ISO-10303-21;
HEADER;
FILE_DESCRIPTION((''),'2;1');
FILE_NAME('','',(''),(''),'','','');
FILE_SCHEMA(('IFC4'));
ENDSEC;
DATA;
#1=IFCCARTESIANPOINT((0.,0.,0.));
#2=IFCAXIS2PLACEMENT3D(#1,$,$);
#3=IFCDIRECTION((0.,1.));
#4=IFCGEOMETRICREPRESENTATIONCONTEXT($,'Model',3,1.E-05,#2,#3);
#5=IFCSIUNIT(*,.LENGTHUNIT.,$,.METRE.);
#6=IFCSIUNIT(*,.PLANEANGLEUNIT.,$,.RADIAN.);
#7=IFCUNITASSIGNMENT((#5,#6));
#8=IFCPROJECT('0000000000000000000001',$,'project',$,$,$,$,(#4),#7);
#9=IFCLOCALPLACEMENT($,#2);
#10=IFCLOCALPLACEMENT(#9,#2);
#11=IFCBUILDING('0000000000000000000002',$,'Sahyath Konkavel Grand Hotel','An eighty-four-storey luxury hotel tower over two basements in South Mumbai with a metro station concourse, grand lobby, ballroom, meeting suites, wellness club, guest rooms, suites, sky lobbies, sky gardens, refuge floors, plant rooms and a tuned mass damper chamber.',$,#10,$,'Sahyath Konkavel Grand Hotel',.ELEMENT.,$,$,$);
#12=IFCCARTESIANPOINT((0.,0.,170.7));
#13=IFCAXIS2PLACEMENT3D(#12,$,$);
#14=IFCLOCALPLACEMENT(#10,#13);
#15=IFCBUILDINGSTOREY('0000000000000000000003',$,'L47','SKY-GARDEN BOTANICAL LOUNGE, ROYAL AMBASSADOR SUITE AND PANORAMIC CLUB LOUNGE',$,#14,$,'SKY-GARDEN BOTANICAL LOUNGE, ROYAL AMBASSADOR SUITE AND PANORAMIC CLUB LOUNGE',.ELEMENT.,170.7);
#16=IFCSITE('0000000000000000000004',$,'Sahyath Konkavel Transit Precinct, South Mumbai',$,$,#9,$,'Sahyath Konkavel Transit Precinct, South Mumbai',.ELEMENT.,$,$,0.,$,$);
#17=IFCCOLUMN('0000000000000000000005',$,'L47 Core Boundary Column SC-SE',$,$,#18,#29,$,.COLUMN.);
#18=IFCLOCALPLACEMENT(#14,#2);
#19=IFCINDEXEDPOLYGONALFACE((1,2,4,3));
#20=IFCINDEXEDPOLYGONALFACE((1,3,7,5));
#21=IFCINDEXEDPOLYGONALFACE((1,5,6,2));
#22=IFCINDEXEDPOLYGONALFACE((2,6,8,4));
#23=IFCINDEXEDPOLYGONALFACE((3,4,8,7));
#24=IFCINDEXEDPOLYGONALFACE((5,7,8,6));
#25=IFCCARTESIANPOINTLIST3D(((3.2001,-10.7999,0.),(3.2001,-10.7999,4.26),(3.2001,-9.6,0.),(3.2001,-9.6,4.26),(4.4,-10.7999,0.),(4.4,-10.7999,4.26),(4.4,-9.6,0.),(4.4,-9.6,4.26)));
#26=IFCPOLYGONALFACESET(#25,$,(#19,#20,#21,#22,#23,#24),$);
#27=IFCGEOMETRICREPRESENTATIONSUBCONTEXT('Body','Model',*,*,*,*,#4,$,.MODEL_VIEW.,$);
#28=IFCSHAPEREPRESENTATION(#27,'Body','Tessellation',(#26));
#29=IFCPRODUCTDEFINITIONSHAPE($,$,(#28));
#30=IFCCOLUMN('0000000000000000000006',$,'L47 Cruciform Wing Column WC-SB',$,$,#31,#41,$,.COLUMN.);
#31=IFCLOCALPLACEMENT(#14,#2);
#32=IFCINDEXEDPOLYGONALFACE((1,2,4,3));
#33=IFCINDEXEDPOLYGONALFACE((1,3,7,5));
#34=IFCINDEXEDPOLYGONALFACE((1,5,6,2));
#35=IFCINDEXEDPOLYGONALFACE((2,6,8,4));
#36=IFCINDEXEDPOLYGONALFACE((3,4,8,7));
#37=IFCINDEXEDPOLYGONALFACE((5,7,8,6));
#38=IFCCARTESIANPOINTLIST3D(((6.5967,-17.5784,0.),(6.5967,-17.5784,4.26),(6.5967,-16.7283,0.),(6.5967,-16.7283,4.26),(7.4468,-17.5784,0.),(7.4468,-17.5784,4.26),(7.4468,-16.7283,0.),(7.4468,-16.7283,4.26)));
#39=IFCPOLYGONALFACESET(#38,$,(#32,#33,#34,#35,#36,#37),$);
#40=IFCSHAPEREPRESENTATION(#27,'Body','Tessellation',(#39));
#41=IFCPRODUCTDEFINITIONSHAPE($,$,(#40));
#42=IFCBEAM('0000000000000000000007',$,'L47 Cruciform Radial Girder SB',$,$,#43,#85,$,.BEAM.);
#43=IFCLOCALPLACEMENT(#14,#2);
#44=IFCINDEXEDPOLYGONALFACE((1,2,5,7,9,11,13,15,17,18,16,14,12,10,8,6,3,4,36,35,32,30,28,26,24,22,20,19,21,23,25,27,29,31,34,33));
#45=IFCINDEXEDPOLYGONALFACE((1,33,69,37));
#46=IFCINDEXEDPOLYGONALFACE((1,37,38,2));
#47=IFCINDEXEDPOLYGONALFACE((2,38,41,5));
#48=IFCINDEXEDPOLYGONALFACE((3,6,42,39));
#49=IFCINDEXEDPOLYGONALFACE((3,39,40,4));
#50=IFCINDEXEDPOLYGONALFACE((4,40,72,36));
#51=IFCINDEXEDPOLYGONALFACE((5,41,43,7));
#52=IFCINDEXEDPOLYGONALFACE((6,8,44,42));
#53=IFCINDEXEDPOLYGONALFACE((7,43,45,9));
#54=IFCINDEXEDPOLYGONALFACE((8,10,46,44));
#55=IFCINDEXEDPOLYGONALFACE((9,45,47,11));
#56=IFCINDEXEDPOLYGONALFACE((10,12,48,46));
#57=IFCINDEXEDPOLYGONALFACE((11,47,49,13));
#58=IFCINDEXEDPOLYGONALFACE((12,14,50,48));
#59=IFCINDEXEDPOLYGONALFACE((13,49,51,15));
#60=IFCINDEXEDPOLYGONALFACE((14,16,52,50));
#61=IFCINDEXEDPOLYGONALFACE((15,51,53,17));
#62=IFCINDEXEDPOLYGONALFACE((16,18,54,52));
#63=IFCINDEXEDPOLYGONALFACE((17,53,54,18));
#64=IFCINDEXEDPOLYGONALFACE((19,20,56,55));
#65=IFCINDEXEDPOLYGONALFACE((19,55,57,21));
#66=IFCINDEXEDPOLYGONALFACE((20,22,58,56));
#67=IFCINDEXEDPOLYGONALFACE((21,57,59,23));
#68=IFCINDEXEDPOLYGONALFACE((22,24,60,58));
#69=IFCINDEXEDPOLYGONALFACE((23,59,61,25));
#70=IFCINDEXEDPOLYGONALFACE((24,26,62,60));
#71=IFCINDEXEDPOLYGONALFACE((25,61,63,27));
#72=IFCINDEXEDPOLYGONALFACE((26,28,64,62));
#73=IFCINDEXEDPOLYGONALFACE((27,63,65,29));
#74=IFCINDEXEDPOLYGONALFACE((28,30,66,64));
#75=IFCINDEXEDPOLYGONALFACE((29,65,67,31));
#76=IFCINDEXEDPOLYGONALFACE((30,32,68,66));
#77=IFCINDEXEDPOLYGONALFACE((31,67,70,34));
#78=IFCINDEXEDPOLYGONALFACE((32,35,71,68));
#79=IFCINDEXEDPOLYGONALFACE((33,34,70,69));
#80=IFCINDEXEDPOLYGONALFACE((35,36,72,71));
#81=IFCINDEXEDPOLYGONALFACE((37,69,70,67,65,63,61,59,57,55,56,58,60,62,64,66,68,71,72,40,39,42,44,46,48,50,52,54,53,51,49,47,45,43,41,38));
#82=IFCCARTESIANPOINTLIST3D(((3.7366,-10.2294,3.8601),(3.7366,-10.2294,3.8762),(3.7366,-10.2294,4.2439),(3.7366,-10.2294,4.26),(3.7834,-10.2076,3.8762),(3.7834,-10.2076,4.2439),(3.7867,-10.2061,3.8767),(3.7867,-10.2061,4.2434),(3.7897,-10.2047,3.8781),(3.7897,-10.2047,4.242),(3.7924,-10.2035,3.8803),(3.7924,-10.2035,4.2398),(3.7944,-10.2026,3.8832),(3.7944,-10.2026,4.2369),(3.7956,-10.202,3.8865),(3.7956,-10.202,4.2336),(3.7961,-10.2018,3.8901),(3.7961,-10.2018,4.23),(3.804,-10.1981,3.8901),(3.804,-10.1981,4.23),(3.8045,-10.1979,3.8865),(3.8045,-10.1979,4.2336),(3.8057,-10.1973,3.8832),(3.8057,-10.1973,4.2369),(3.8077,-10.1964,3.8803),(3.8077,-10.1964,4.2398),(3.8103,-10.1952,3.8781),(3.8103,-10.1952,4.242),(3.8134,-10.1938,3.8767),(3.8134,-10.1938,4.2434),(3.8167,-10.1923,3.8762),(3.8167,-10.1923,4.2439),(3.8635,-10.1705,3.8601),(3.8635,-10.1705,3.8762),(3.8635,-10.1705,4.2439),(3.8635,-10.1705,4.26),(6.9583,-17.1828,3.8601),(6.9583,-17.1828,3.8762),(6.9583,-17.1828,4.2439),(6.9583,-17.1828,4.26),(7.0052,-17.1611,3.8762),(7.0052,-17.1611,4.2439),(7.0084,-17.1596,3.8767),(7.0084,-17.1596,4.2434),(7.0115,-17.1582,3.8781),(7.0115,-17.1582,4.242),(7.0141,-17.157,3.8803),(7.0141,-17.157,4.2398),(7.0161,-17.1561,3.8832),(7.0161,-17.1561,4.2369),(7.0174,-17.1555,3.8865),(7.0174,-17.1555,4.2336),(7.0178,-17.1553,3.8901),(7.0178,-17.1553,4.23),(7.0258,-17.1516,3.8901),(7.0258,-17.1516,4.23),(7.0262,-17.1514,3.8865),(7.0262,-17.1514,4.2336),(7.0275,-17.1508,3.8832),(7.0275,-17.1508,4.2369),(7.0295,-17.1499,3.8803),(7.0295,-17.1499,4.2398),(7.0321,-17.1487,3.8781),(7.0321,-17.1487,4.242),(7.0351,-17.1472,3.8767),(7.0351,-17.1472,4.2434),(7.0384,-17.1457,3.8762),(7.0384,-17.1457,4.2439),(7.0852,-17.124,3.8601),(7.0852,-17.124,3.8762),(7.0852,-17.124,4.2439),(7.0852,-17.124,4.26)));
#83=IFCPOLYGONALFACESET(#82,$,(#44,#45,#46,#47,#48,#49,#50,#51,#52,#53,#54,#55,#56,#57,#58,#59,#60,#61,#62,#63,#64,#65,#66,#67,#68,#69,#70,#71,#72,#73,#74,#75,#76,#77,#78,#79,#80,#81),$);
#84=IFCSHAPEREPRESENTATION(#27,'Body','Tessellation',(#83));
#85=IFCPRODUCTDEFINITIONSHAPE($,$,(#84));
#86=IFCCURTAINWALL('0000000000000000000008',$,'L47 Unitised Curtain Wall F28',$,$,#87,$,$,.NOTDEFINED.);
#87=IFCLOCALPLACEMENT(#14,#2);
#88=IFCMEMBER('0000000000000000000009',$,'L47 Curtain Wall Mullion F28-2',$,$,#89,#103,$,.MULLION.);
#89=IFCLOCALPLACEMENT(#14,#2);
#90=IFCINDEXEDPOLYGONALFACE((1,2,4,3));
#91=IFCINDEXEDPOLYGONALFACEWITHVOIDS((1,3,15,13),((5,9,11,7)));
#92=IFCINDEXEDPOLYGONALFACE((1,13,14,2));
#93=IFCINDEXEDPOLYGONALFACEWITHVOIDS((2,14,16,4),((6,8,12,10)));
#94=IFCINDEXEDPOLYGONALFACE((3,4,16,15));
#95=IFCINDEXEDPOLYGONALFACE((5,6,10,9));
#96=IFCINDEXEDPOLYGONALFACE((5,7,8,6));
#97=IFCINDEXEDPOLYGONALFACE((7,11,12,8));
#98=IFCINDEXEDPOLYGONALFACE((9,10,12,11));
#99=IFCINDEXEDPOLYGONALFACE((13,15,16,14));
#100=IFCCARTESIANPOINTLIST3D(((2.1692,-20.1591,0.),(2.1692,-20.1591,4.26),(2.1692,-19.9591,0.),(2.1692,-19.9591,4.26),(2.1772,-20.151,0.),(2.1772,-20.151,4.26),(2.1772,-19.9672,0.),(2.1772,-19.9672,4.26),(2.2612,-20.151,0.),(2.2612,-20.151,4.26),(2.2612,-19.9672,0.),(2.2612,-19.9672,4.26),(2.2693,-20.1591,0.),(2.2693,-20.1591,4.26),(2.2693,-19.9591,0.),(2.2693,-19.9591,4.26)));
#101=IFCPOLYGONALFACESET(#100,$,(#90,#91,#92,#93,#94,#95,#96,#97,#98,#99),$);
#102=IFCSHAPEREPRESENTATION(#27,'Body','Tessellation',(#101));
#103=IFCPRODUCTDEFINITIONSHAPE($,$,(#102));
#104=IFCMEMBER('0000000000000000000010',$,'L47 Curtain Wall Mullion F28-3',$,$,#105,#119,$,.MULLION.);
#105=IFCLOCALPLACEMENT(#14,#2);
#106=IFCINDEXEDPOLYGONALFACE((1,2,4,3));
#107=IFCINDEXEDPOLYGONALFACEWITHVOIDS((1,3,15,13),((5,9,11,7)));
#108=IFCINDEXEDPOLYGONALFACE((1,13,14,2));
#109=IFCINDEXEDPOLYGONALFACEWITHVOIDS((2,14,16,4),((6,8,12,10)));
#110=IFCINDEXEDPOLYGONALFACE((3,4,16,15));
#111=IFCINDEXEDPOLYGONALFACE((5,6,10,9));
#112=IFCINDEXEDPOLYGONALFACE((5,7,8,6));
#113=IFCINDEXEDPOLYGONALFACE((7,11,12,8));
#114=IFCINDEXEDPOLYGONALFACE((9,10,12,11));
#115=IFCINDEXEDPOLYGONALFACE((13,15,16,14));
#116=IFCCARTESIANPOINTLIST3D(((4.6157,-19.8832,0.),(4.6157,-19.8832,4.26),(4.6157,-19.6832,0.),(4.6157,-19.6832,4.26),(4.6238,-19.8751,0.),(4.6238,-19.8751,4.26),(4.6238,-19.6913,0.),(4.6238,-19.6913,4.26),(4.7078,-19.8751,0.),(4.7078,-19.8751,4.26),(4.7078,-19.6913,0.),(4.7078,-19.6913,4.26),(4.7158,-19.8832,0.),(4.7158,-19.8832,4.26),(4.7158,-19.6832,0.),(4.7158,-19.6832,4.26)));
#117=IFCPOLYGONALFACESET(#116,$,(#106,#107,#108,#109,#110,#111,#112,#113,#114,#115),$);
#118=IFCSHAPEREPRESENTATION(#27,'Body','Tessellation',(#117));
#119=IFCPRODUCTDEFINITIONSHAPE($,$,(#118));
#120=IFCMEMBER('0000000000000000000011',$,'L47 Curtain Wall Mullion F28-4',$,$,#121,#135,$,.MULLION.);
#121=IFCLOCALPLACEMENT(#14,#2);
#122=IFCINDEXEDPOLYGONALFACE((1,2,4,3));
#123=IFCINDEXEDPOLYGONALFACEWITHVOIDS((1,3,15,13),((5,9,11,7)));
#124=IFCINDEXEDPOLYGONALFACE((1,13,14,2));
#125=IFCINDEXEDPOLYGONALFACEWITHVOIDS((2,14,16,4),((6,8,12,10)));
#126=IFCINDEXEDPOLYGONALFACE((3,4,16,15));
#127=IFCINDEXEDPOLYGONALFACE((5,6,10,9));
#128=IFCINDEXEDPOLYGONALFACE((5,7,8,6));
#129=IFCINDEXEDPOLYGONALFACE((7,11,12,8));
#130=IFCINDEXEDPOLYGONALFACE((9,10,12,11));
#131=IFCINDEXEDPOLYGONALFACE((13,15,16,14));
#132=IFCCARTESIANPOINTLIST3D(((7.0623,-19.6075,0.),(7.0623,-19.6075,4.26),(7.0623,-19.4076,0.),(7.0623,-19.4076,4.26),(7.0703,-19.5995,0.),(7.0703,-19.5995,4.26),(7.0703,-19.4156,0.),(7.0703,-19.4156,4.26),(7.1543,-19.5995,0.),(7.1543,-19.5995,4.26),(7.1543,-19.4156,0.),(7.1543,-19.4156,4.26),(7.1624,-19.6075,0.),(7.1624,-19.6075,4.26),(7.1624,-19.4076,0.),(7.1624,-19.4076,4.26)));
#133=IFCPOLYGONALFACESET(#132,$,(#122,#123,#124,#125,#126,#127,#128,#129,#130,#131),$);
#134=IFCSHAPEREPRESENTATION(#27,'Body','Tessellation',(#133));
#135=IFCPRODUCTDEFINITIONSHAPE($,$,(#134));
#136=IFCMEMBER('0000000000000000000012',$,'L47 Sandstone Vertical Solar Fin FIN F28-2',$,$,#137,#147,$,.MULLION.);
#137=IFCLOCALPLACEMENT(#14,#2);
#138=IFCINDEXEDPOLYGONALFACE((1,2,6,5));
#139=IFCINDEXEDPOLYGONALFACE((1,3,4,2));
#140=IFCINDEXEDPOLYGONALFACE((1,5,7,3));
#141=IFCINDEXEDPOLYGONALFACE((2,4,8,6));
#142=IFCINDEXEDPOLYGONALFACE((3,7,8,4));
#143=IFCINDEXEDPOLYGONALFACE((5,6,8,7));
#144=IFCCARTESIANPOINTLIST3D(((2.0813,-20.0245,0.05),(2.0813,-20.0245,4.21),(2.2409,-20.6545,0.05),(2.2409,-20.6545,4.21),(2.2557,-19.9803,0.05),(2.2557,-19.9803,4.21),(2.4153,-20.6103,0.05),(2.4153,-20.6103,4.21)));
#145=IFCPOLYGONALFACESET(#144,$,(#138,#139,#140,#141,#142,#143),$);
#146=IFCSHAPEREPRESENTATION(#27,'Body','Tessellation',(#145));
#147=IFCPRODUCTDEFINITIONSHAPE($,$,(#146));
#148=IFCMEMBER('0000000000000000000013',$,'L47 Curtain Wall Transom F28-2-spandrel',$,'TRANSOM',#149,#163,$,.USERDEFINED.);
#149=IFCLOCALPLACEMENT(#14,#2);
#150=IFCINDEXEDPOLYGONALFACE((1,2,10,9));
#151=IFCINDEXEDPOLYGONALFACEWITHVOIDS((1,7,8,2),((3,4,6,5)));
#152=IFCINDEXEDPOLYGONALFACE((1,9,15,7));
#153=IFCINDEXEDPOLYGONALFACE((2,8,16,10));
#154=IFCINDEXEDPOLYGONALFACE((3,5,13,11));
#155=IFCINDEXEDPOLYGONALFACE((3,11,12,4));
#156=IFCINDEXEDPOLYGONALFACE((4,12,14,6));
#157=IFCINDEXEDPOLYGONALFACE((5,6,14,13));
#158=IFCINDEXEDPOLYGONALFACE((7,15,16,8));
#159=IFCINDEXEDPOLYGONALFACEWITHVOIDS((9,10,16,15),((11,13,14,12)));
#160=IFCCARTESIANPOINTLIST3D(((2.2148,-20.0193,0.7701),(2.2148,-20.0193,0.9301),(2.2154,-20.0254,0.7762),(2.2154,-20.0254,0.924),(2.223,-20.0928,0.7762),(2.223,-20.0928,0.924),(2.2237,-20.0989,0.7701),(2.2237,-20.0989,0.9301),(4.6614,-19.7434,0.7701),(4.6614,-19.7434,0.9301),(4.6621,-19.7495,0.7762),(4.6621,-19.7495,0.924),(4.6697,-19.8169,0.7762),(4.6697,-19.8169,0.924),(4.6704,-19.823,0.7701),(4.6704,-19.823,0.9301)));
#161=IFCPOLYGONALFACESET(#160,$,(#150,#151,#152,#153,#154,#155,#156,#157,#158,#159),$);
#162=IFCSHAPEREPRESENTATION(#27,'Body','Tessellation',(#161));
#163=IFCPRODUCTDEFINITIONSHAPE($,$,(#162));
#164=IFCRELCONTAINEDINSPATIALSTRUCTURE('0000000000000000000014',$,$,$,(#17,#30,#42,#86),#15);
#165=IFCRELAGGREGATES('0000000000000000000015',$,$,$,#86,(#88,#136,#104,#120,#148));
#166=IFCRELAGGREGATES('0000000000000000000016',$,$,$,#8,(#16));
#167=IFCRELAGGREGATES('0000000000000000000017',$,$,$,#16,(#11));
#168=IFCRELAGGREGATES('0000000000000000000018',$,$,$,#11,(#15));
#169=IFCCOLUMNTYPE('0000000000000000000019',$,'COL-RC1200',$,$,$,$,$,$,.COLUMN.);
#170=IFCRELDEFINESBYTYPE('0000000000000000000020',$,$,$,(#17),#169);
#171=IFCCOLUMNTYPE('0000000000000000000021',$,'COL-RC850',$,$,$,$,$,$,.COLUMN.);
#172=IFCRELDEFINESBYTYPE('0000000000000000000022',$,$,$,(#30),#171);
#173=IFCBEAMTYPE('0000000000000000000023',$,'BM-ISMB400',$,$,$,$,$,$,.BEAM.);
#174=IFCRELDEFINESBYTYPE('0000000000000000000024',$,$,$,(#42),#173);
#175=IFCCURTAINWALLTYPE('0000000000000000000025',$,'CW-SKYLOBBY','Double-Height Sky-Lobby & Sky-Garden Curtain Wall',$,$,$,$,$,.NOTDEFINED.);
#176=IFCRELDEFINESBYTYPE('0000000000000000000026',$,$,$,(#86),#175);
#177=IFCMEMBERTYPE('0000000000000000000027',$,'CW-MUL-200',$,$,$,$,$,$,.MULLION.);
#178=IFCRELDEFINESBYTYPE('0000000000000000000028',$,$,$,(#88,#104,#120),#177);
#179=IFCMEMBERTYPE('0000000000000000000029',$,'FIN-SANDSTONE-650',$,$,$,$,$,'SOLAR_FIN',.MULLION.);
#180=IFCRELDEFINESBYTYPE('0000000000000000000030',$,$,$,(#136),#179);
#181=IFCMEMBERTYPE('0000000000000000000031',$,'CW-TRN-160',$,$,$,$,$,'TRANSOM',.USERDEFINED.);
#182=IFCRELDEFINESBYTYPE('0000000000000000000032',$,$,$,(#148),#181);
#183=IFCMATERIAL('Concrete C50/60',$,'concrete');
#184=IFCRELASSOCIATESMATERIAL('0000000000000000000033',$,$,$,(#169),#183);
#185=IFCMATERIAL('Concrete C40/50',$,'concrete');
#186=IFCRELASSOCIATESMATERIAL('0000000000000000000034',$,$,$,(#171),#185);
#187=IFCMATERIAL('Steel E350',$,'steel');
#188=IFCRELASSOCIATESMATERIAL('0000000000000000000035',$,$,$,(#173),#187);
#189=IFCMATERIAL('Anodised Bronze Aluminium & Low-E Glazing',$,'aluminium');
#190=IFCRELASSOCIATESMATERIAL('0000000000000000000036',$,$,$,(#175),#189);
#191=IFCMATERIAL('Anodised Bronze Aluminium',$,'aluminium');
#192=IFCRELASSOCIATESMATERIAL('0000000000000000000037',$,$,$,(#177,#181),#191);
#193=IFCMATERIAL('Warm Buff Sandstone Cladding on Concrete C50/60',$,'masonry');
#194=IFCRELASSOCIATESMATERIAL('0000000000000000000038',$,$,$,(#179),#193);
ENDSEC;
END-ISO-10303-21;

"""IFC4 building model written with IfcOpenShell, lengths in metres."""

from ifc_helpers import new_model, si_unit, direction, frame, origin, origin_2d, place, context, subcontext, project, spatial, rectangle, hollow_rectangle, i_section, extrude, source, transform, mapped, material, material_profile, profile_set, type_object, element, aggregate, save


model = new_model("IFC4")

# Units and contexts
model_context = context("Model", 3, precision=1e-05, world=origin(), true_north=direction((0.0, 1.0)))
body_context = subcontext(model_context, "Body", "Model", "MODEL_VIEW")
ifc_project = project(units=[si_unit("LENGTHUNIT", "METRE"), si_unit("PLANEANGLEUNIT", "RADIAN")], contexts=[model_context])

# Site, building, storey
site_placement = place(None, origin())
site = spatial("IfcSite", under=ifc_project, at=site_placement, Name="Sahyath Konkavel Transit Precinct, South Mumbai", LongName="Sahyath Konkavel Transit Precinct, South Mumbai", CompositionType="ELEMENT", RefElevation=0.0)
building_placement = place(site_placement, origin())
building = spatial("IfcBuilding", under=site, at=building_placement, Name="Sahyath Konkavel Grand Hotel", Description="An eighty-four-storey luxury hotel tower over two basements in South Mumbai with a metro station concourse, grand lobby, ballroom, meeting suites, wellness club, guest rooms, suites, sky lobbies, sky gardens, refuge floors, plant rooms and a tuned mass damper chamber.", LongName="Sahyath Konkavel Grand Hotel", CompositionType="ELEMENT")
storey_placement = place(building_placement, frame((0.0, 0.0, 170.7)))
storey = spatial("IfcBuildingStorey", under=building, at=storey_placement, Name="L47", Description="SKY-GARDEN BOTANICAL LOUNGE, ROYAL AMBASSADOR SUITE AND PANORAMIC CLUB LOUNGE", LongName="SKY-GARDEN BOTANICAL LOUNGE, ROYAL AMBASSADOR SUITE AND PANORAMIC CLUB LOUNGE", CompositionType="ELEMENT", Elevation=170.7)

# Columns
ifc_material_1 = material(Name="Concrete C50/60", Category="concrete")
ifc_material_profile_1 = material_profile(ifc_material_1, rectangle(XDim=1.2, YDim=1.2, at=origin_2d()), Name="RC 1200x1200")
ifc_profile_set_1 = profile_set([ifc_material_profile_1], Name="Concrete C50/60")
column_type_1 = type_object("IfcColumnType", Name="COL-RC1200", PredefinedType="COLUMN", material=ifc_profile_set_1)
shared_shape_1 = source(origin(), body_context, "Body", "SweptSolid", [
    extrude(rectangle(XDim=1.2, YDim=1.2, at=origin_2d()), origin(), (0.0, 0.0, 1.0), 4.26),
])
column_1_placement = place(storey_placement, frame((3.8, -10.2, 0.0), z_axis=(0.0, 0.0, 1.0), x_axis=(1.0, 0.0, 0.0)))
element("IfcColumn", 1, at=column_1_placement, inside=storey, type_object=column_type_1, Name="L47 Core Boundary Column SC-SE", PredefinedType="COLUMN", context=body_context, shape_type="MappedRepresentation", body=[
    mapped(shared_shape_1, transform((0.0, 0.0, 0.0), scale=1.0)),
])
ifc_material_2 = material(Name="Concrete C40/50", Category="concrete")
ifc_material_profile_2 = material_profile(ifc_material_2, rectangle(XDim=0.8501, YDim=0.8501, at=origin_2d()), Name="RC 850x850")
ifc_profile_set_2 = profile_set([ifc_material_profile_2], Name="Concrete C40/50")
column_type_2 = type_object("IfcColumnType", Name="COL-RC850", PredefinedType="COLUMN", material=ifc_profile_set_2)
shared_shape_2 = source(origin(), body_context, "Body", "SweptSolid", [
    extrude(rectangle(XDim=0.8501, YDim=0.8501, at=origin_2d()), origin(), (0.0, 0.0, 1.0), 4.26),
])
column_2_placement = place(storey_placement, frame((7.0217, -17.1533, 0.0), z_axis=(0.0, 0.0, 1.0), x_axis=(1.0, 0.0, 0.0)))
element("IfcColumn", 2, at=column_2_placement, inside=storey, type_object=column_type_2, Name="L47 Cruciform Wing Column WC-SB", PredefinedType="COLUMN", context=body_context, shape_type="MappedRepresentation", body=[
    mapped(shared_shape_2, transform((0.0, 0.0, 0.0), scale=1.0)),
])

# Beam
ifc_material_3 = material(Name="Steel E350", Category="steel")
ifc_material_profile_3 = material_profile(ifc_material_3, i_section(OverallWidth=0.1399, OverallDepth=0.3999, WebThickness=0.0088, FlangeThickness=0.0161, FilletRadius=0.0139, at=origin_2d()), Name="ISMB 400")
ifc_profile_set_3 = profile_set([ifc_material_profile_3], Name="Steel E350")
beam_type_1 = type_object("IfcBeamType", Name="BM-ISMB400", PredefinedType="BEAM", material=ifc_profile_set_3)
shared_shape_3 = source(origin(), body_context, "Body", "SweptSolid", [
    extrude(i_section(OverallWidth=0.1399, OverallDepth=0.3999, WebThickness=0.0088, FlangeThickness=0.0161, FilletRadius=0.0139, at=origin_2d()), origin(), (0.0, 0.0, 1.0), 7.6636),
])
beam_1_placement = place(storey_placement, frame((3.8, -10.2, 4.0601), z_axis=(0.420395, -0.907341, 0.0), x_axis=(0.907341, 0.420395, 0.0)))
element("IfcBeam", 3, at=beam_1_placement, inside=storey, type_object=beam_type_1, Name="L47 Cruciform Radial Girder SB", PredefinedType="BEAM", context=body_context, shape_type="MappedRepresentation", body=[
    mapped(shared_shape_3, transform((0.0, 0.0, 0.0), scale=1.0)),
])

# Curtain wall, members
ifc_material_4 = material(Name="Anodised Bronze Aluminium & Low-E Glazing", Category="aluminium")
curtain_wall_type = type_object("IfcCurtainWallType", Name="CW-SKYLOBBY", Description="Double-Height Sky-Lobby & Sky-Garden Curtain Wall", PredefinedType="NOTDEFINED", material=ifc_material_4)
curtain_wall_placement = place(storey_placement, origin())
curtain_wall = element("IfcCurtainWall", 4, at=curtain_wall_placement, inside=storey, type_object=curtain_wall_type, Name="L47 Unitised Curtain Wall F28", PredefinedType="NOTDEFINED")
ifc_material_5 = material(Name="Anodised Bronze Aluminium", Category="aluminium")
ifc_material_profile_4 = material_profile(ifc_material_5, hollow_rectangle(XDim=0.1001, YDim=0.2, WallThickness=0.0081, at=origin_2d()), Name="RHS 200x100x8")
ifc_profile_set_4 = profile_set([ifc_material_profile_4], Name="Anodised Bronze Aluminium")
member_type_1 = type_object("IfcMemberType", Name="CW-MUL-200", PredefinedType="MULLION", material=ifc_profile_set_4)
shared_shape_4 = source(origin(), body_context, "Body", "SweptSolid", [
    extrude(hollow_rectangle(XDim=0.1001, YDim=0.2, WallThickness=0.0081, at=origin_2d()), origin(), (0.0, 0.0, 1.0), 4.26),
])
member_1_placement = place(storey_placement, frame((2.2192, -20.0591, 0.0), z_axis=(0.0, 0.0, 1.0), x_axis=(1.0, 0.0, 0.0)))
member_1 = element("IfcMember", 5, at=member_1_placement, type_object=member_type_1, Name="L47 Curtain Wall Mullion F28-2", PredefinedType="MULLION", context=body_context, shape_type="MappedRepresentation", body=[
    mapped(shared_shape_4, transform((0.0, 0.0, 0.0), scale=1.0)),
])
member_2_placement = place(storey_placement, frame((4.6658, -19.7832, 0.0), z_axis=(0.0, 0.0, 1.0), x_axis=(1.0, 0.0, 0.0)))
member_2 = element("IfcMember", 6, at=member_2_placement, type_object=member_type_1, Name="L47 Curtain Wall Mullion F28-3", PredefinedType="MULLION", context=body_context, shape_type="MappedRepresentation", body=[
    mapped(shared_shape_4, transform((0.0, 0.0, 0.0), scale=1.0)),
])
member_3_placement = place(storey_placement, frame((7.1123, -19.5076, 0.0), z_axis=(0.0, 0.0, 1.0), x_axis=(1.0, 0.0, 0.0)))
member_3 = element("IfcMember", 7, at=member_3_placement, type_object=member_type_1, Name="L47 Curtain Wall Mullion F28-4", PredefinedType="MULLION", context=body_context, shape_type="MappedRepresentation", body=[
    mapped(shared_shape_4, transform((0.0, 0.0, 0.0), scale=1.0)),
])
ifc_material_6 = material(Name="Warm Buff Sandstone Cladding on Concrete C50/60", Category="masonry")
ifc_material_profile_5 = material_profile(ifc_material_6, rectangle(XDim=0.1799, YDim=0.6499, at=origin_2d()), Name="FIN 180x650")
ifc_profile_set_5 = profile_set([ifc_material_profile_5], Name="Warm Buff Sandstone Cladding on Concrete C50/60")
member_type_2 = type_object("IfcMemberType", Name="FIN-SANDSTONE-650", ElementType="SOLAR_FIN", PredefinedType="MULLION", material=ifc_profile_set_5)
shared_shape_5 = source(origin(), body_context, "Body", "SweptSolid", [
    extrude(rectangle(XDim=0.1799, YDim=0.6499, at=origin_2d()), origin(), (0.0, 0.0, 1.0), 4.1599),
])
member_4_placement = place(storey_placement, frame((2.2483, -20.3174, 0.05), z_axis=(0.0, 0.0, 1.0), x_axis=(0.96936, 0.245646, 0.0)))
member_4 = element("IfcMember", 8, at=member_4_placement, type_object=member_type_2, Name="L47 Sandstone Vertical Solar Fin FIN F28-2", PredefinedType="MULLION", context=body_context, shape_type="MappedRepresentation", body=[
    mapped(shared_shape_5, transform((0.0, 0.0, 0.0), scale=1.0)),
])
ifc_material_profile_6 = material_profile(ifc_material_5, hollow_rectangle(XDim=0.0801, YDim=0.1599, WallThickness=0.0061, at=origin_2d()), Name="RHS 160x80x6")
ifc_profile_set_6 = profile_set([ifc_material_profile_6], Name="Anodised Bronze Aluminium")
member_type_3 = type_object("IfcMemberType", Name="CW-TRN-160", ElementType="TRANSOM", PredefinedType="USERDEFINED", material=ifc_profile_set_6)
shared_shape_6 = source(origin(), body_context, "Body", "SweptSolid", [
    extrude(hollow_rectangle(XDim=0.0801, YDim=0.1599, WallThickness=0.0061, at=origin_2d()), origin(), (0.0, 0.0, 1.0), 2.4622),
])
member_5_placement = place(storey_placement, frame((2.2192, -20.0591, 0.8501), z_axis=(0.993702, 0.112053, 0.0), x_axis=(-0.112053, 0.993702, 0.0)))
member_5 = element("IfcMember", 9, at=member_5_placement, type_object=member_type_3, Name="L47 Curtain Wall Transom F28-2-spandrel", ObjectType="TRANSOM", PredefinedType="USERDEFINED", context=body_context, shape_type="MappedRepresentation", body=[
    mapped(shared_shape_6, transform((0.0, 0.0, 0.0), scale=1.0)),
])

aggregate(curtain_wall, [member_1, member_4, member_2, member_3, member_5])

save(model, "model.ifc")
